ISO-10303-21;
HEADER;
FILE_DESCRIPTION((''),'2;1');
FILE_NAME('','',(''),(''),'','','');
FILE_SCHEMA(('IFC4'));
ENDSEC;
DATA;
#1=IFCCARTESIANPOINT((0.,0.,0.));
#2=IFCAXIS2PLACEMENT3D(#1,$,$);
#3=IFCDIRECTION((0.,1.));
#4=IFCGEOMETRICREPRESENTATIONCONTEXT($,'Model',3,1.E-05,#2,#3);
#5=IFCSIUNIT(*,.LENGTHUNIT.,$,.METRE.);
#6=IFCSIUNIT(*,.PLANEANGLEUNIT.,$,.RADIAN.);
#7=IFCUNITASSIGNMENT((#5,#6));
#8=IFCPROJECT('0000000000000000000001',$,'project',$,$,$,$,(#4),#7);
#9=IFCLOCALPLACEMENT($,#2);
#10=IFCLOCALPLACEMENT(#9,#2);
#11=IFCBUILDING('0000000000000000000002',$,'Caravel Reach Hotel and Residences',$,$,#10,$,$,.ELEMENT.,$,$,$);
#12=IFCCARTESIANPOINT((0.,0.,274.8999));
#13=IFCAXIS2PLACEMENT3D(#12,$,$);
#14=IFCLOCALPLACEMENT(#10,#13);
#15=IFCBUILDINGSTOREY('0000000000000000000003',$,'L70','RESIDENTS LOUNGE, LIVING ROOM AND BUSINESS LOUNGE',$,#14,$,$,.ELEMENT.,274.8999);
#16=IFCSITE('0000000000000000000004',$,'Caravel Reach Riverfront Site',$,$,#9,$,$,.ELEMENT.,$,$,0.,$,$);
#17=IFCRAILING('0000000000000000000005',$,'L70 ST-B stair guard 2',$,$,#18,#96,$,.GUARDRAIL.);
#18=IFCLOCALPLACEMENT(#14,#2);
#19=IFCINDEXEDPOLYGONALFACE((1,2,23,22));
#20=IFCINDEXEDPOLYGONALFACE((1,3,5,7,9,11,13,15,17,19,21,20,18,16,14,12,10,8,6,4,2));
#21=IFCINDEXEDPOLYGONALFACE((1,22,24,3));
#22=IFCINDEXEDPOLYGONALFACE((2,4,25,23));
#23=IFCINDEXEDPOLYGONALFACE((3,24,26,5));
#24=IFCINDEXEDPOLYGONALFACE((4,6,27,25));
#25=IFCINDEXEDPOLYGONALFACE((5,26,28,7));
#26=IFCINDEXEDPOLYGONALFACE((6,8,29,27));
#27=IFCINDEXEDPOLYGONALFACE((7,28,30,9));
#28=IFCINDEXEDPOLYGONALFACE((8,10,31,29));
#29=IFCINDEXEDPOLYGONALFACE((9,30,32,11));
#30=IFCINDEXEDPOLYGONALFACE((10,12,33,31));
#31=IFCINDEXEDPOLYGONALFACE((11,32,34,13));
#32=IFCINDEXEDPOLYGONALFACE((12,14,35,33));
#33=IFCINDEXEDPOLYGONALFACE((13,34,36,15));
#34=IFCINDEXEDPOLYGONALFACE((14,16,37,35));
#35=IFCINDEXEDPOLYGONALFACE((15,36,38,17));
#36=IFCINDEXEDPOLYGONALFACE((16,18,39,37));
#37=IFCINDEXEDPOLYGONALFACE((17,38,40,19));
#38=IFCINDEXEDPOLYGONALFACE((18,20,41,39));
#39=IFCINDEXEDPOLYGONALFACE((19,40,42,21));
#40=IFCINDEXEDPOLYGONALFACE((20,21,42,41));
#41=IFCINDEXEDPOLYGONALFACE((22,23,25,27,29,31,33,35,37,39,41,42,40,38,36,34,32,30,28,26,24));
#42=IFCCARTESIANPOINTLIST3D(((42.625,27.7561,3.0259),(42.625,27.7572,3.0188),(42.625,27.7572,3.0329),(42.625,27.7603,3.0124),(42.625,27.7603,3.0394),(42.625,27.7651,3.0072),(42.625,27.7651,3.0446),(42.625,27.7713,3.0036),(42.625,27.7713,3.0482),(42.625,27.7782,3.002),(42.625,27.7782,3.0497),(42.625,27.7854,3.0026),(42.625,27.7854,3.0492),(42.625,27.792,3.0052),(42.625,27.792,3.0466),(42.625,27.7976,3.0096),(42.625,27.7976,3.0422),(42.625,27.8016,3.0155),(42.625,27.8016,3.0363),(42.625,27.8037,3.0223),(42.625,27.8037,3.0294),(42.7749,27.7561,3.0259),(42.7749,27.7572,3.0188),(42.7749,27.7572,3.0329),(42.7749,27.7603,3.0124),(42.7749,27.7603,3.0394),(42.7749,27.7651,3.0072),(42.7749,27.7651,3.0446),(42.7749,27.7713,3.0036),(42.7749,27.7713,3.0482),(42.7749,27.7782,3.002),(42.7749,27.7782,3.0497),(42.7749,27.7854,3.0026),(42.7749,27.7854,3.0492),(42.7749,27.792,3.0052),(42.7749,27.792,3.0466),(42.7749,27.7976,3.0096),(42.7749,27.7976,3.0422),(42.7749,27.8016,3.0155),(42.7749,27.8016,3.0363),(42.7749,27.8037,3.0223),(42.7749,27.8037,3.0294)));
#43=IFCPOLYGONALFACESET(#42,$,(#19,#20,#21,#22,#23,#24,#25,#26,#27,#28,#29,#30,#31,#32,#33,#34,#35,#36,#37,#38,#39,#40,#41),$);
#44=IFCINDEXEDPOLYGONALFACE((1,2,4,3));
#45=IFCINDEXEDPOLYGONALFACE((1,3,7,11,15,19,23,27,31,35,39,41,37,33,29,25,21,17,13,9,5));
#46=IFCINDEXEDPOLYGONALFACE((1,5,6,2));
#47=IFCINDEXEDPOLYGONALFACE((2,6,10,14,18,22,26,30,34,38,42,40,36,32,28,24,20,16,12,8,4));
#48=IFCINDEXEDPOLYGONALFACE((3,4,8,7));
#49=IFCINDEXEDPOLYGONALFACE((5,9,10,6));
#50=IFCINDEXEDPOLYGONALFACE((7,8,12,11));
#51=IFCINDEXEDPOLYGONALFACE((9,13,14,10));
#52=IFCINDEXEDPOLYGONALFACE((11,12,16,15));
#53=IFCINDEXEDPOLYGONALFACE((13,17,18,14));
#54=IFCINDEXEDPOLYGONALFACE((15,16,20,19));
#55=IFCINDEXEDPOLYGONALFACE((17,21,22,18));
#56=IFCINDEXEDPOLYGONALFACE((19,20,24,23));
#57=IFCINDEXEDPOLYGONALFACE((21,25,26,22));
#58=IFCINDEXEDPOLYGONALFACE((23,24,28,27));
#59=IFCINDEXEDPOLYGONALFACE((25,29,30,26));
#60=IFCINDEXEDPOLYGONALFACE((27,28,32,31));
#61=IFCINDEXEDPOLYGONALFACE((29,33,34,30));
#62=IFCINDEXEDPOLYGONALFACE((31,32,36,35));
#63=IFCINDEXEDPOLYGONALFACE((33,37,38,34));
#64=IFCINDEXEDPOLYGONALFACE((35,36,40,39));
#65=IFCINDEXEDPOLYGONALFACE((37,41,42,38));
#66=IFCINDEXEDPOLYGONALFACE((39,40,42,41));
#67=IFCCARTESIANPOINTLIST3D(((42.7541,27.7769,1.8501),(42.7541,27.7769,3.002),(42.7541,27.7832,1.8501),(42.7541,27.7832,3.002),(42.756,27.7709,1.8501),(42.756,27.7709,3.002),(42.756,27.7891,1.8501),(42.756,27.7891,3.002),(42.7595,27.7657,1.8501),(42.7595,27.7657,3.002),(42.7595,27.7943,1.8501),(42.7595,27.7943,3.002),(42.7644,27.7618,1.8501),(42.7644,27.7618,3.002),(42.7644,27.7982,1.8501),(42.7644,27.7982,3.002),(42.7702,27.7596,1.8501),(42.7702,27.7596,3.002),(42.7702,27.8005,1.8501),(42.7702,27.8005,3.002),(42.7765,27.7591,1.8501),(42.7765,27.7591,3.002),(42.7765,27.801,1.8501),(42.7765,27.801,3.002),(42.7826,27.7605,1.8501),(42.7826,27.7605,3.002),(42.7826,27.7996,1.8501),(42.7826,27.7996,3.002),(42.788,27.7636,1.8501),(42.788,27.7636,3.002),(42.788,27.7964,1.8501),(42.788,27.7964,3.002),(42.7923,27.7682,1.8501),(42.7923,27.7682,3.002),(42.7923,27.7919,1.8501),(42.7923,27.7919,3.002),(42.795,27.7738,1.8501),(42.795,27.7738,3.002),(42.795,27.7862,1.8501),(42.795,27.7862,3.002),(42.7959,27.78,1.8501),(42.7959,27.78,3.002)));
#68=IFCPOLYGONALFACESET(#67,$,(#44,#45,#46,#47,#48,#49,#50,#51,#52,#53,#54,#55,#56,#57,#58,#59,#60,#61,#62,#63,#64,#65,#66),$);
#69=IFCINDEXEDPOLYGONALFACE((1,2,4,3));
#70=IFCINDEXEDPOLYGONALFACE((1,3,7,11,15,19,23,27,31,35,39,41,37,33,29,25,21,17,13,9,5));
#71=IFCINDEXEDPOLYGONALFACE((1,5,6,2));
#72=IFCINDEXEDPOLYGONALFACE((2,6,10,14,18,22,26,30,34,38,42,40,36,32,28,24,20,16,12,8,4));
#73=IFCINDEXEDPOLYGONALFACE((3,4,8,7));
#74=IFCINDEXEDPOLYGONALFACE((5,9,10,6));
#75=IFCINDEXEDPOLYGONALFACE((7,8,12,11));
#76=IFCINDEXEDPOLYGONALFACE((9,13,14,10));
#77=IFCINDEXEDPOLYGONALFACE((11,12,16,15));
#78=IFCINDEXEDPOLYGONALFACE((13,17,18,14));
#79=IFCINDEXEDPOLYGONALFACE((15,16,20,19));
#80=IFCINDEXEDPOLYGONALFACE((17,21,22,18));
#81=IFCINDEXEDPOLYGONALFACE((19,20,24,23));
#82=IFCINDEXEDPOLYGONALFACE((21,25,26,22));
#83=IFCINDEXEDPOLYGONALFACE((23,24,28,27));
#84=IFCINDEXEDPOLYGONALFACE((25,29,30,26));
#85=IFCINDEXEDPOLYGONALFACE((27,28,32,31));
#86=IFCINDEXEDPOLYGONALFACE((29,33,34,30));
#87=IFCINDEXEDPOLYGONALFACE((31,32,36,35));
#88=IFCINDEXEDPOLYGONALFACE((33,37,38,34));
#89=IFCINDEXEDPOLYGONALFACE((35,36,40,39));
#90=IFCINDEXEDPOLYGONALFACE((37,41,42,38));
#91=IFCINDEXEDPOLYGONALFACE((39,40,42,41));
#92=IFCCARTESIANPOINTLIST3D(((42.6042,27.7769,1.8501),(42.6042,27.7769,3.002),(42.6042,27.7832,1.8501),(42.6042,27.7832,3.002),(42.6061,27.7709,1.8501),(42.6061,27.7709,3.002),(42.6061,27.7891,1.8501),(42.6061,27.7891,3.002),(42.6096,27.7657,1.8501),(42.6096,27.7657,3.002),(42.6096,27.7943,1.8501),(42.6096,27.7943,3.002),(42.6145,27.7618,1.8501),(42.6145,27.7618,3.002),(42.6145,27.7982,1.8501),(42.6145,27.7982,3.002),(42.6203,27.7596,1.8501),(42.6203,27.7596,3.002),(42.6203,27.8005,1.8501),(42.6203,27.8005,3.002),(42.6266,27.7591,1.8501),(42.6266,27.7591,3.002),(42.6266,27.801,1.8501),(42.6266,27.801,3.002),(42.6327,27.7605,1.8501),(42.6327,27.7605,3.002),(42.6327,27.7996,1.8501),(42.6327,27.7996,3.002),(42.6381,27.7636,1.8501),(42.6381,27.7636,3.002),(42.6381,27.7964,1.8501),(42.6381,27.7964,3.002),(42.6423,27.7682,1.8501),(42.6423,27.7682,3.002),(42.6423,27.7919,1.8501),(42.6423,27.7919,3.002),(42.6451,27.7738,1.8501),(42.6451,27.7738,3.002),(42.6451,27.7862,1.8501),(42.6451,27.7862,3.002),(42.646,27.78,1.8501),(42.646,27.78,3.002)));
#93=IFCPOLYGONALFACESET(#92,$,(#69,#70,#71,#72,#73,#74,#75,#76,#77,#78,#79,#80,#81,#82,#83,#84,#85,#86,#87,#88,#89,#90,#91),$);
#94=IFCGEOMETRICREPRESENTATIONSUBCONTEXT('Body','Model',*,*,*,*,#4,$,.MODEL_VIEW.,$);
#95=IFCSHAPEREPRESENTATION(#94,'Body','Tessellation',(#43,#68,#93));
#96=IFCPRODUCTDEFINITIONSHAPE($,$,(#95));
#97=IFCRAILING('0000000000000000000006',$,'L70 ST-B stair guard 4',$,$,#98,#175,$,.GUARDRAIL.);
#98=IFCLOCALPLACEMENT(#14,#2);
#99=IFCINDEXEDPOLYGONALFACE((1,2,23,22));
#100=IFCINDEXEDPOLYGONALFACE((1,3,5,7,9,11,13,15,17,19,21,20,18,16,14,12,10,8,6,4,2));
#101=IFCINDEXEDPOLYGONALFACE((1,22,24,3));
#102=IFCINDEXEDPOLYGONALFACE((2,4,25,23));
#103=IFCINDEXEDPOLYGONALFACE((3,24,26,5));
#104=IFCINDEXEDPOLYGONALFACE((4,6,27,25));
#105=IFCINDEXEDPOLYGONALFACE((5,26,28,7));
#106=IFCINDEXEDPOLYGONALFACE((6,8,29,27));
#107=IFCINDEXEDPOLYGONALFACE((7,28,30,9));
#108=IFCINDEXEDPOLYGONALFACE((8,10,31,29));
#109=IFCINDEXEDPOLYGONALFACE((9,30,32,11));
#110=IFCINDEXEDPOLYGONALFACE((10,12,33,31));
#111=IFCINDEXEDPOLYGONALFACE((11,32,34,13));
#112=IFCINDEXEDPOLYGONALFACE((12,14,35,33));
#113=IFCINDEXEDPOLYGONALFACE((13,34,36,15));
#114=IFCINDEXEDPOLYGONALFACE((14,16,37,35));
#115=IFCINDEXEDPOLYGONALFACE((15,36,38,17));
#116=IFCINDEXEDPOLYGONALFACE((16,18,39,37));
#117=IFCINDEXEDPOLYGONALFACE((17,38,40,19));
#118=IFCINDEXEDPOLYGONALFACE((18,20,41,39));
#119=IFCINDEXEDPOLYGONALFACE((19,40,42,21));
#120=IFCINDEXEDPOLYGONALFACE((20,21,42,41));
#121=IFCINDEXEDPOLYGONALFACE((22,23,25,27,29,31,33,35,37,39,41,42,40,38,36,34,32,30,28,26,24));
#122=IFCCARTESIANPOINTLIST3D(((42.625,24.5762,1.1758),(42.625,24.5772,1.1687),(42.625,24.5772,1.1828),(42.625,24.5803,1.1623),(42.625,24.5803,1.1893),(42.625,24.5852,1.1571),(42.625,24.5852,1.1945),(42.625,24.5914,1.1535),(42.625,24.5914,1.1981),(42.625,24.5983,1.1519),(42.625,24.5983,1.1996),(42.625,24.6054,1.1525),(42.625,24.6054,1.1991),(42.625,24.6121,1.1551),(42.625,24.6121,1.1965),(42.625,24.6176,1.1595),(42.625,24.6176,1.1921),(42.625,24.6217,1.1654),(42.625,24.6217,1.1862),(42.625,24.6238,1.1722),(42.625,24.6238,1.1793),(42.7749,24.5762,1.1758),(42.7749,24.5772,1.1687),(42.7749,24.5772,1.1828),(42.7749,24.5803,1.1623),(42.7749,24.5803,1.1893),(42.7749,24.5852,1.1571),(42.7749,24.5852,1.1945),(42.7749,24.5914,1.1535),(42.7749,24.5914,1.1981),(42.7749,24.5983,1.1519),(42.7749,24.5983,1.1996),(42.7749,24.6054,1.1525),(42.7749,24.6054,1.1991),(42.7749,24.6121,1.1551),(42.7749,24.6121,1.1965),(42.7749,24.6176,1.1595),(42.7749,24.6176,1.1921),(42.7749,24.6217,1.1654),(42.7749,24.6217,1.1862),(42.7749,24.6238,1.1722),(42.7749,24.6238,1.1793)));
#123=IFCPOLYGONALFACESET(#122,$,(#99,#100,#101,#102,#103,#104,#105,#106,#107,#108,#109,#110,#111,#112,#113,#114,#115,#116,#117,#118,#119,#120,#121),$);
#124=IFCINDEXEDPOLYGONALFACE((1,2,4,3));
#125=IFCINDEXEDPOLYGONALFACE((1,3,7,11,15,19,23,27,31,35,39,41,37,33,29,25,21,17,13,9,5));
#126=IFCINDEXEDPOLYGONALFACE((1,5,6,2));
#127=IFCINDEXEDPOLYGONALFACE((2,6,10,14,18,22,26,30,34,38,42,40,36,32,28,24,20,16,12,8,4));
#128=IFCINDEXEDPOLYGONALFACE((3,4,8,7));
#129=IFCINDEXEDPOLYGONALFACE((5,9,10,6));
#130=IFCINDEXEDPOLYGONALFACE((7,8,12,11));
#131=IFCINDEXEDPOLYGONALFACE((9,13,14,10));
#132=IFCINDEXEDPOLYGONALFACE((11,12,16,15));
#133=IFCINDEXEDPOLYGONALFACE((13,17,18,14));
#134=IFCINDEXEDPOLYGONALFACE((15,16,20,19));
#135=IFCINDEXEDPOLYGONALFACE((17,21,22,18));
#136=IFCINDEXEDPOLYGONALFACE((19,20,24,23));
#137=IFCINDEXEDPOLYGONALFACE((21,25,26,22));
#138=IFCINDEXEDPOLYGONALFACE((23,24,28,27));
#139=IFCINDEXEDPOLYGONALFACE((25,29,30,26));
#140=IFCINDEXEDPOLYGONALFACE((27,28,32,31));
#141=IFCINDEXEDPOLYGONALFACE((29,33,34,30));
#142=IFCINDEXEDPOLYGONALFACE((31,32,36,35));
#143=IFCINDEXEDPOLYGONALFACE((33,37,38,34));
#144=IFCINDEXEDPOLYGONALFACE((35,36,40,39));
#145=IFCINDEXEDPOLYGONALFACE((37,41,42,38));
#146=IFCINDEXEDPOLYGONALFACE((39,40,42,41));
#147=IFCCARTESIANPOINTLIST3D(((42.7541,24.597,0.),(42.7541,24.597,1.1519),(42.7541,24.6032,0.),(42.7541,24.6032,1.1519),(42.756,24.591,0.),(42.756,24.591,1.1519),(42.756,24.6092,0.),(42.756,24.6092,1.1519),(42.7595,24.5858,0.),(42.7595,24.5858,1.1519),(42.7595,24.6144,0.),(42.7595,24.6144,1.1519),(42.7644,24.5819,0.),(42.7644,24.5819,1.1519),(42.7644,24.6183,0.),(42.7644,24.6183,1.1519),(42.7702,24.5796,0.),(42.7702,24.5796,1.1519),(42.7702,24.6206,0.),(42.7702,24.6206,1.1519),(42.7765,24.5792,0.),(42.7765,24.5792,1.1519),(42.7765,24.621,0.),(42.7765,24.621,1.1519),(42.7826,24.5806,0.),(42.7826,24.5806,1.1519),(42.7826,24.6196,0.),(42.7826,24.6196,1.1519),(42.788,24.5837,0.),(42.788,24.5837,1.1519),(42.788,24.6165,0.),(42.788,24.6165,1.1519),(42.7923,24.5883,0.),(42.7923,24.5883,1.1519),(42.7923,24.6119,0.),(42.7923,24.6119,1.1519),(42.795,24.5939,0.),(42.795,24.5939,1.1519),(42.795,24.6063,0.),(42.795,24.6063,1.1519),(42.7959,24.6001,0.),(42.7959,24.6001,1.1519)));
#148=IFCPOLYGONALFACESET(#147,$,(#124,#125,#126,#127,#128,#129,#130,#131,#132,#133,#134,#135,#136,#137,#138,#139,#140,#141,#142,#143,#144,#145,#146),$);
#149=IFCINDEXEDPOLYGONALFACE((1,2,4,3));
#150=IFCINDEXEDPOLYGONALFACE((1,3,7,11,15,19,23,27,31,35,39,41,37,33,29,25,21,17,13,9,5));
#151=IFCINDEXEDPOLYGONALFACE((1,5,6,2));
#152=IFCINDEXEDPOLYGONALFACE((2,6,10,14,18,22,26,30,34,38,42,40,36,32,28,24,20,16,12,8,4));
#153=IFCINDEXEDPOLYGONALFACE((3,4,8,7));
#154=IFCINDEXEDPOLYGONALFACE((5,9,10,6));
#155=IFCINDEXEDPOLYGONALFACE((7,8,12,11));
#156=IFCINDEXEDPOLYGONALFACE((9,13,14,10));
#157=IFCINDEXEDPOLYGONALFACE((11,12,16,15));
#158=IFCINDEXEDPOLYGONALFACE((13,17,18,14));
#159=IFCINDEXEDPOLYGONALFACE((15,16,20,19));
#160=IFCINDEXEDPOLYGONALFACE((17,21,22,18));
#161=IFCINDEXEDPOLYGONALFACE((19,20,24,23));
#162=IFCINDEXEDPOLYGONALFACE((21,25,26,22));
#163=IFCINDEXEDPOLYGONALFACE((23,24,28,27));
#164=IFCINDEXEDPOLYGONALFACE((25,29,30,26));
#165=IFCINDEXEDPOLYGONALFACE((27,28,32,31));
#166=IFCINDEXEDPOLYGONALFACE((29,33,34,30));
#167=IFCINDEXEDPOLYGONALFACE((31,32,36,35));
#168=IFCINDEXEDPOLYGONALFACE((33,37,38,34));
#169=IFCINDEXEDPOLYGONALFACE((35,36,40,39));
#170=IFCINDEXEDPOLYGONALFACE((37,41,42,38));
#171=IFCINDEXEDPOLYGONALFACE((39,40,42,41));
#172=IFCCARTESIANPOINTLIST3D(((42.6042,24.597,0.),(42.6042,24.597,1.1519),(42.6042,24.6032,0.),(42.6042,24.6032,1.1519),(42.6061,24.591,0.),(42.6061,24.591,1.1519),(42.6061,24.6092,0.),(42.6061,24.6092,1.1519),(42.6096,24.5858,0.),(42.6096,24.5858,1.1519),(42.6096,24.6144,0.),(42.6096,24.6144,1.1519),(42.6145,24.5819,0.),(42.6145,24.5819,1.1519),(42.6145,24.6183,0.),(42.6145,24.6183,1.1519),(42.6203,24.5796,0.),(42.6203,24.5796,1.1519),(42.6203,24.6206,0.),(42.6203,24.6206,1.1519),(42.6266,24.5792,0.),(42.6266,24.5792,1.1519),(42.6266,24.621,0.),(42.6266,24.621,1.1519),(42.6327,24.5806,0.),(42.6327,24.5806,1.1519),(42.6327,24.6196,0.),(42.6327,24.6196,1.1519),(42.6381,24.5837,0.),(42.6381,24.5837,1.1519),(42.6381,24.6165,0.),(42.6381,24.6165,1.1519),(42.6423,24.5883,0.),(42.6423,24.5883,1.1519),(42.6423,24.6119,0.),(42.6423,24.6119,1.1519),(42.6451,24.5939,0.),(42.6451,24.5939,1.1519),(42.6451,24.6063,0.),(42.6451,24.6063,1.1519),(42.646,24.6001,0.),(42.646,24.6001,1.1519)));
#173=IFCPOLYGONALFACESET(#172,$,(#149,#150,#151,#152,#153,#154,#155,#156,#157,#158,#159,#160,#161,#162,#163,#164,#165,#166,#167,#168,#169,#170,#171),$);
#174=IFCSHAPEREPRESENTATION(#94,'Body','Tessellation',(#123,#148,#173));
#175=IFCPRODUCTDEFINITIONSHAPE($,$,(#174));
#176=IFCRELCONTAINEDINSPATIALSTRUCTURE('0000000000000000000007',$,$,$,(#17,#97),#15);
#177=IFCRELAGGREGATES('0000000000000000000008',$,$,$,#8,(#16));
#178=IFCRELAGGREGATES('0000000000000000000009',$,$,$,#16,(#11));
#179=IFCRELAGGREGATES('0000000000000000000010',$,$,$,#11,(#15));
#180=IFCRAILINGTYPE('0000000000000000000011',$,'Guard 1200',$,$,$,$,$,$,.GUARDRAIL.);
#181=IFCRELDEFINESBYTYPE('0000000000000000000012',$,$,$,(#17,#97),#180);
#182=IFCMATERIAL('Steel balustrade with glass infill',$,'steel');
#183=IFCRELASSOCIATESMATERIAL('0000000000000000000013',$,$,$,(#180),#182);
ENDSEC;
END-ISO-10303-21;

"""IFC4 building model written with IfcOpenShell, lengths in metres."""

from ifc_helpers import new_model, si_unit, direction, frame, origin, origin_2d, place, context, subcontext, project, spatial, circle, extrude, material, type_object, element, save


model = new_model("IFC4")

# Units and contexts
model_context = context("Model", 3, precision=1e-05, world=origin(), true_north=direction((0.0, 1.0)))
body_context = subcontext(model_context, "Body", "Model", "MODEL_VIEW")
ifc_project = project(units=[si_unit("LENGTHUNIT", "METRE"), si_unit("PLANEANGLEUNIT", "RADIAN")], contexts=[model_context])

# Site, building, storey
site_placement = place(None, origin())
site = spatial("IfcSite", under=ifc_project, at=site_placement, Name="Caravel Reach Riverfront Site", CompositionType="ELEMENT", RefElevation=0.0)
building_placement = place(site_placement, origin())
building = spatial("IfcBuilding", under=site, at=building_placement, Name="Caravel Reach Hotel and Residences", CompositionType="ELEMENT")
storey_placement = place(building_placement, frame((0.0, 0.0, 274.8999)))
storey = spatial("IfcBuildingStorey", under=building, at=storey_placement, Name="L70", Description="RESIDENTS LOUNGE, LIVING ROOM AND BUSINESS LOUNGE", CompositionType="ELEMENT", Elevation=274.8999)

# Railings
ifc_material_1 = material(Name="Steel balustrade with glass infill", Category="steel")
railing_type_1 = type_object("IfcRailingType", Name="Guard 1200", PredefinedType="GUARDRAIL", material=ifc_material_1)
for number, where, name in (
    (1, (42.7749, 27.78, 1.8501), "L70 ST-B stair guard 2"),
    (2, (42.7749, 24.6001, 0.0), "L70 ST-B stair guard 4"),
):
    element("IfcRailing", number, at=place(storey_placement, frame(where)), inside=storey, type_object=railing_type_1, Name=name, PredefinedType="GUARDRAIL", context=body_context, shape_type="SweptSolid", body=[
        extrude(circle(Radius=0.0239, at=origin_2d()), frame((0.0, 0.0, 1.1758), z_axis=(-1.0, 0.0, 0.0), x_axis=(0.0, -1.0, 0.0)), (0.0, 0.0, 1.0), 0.1499),
        extrude(circle(Radius=0.021, at=origin_2d()), origin(), (0.0, 0.0, 1.0), 1.1519),
        extrude(circle(Radius=0.021, at=origin_2d()), frame((-0.1499, 0.0, 0.0)), (0.0, 0.0, 1.0), 1.1519),
    ])

save(model, "model.ifc")
